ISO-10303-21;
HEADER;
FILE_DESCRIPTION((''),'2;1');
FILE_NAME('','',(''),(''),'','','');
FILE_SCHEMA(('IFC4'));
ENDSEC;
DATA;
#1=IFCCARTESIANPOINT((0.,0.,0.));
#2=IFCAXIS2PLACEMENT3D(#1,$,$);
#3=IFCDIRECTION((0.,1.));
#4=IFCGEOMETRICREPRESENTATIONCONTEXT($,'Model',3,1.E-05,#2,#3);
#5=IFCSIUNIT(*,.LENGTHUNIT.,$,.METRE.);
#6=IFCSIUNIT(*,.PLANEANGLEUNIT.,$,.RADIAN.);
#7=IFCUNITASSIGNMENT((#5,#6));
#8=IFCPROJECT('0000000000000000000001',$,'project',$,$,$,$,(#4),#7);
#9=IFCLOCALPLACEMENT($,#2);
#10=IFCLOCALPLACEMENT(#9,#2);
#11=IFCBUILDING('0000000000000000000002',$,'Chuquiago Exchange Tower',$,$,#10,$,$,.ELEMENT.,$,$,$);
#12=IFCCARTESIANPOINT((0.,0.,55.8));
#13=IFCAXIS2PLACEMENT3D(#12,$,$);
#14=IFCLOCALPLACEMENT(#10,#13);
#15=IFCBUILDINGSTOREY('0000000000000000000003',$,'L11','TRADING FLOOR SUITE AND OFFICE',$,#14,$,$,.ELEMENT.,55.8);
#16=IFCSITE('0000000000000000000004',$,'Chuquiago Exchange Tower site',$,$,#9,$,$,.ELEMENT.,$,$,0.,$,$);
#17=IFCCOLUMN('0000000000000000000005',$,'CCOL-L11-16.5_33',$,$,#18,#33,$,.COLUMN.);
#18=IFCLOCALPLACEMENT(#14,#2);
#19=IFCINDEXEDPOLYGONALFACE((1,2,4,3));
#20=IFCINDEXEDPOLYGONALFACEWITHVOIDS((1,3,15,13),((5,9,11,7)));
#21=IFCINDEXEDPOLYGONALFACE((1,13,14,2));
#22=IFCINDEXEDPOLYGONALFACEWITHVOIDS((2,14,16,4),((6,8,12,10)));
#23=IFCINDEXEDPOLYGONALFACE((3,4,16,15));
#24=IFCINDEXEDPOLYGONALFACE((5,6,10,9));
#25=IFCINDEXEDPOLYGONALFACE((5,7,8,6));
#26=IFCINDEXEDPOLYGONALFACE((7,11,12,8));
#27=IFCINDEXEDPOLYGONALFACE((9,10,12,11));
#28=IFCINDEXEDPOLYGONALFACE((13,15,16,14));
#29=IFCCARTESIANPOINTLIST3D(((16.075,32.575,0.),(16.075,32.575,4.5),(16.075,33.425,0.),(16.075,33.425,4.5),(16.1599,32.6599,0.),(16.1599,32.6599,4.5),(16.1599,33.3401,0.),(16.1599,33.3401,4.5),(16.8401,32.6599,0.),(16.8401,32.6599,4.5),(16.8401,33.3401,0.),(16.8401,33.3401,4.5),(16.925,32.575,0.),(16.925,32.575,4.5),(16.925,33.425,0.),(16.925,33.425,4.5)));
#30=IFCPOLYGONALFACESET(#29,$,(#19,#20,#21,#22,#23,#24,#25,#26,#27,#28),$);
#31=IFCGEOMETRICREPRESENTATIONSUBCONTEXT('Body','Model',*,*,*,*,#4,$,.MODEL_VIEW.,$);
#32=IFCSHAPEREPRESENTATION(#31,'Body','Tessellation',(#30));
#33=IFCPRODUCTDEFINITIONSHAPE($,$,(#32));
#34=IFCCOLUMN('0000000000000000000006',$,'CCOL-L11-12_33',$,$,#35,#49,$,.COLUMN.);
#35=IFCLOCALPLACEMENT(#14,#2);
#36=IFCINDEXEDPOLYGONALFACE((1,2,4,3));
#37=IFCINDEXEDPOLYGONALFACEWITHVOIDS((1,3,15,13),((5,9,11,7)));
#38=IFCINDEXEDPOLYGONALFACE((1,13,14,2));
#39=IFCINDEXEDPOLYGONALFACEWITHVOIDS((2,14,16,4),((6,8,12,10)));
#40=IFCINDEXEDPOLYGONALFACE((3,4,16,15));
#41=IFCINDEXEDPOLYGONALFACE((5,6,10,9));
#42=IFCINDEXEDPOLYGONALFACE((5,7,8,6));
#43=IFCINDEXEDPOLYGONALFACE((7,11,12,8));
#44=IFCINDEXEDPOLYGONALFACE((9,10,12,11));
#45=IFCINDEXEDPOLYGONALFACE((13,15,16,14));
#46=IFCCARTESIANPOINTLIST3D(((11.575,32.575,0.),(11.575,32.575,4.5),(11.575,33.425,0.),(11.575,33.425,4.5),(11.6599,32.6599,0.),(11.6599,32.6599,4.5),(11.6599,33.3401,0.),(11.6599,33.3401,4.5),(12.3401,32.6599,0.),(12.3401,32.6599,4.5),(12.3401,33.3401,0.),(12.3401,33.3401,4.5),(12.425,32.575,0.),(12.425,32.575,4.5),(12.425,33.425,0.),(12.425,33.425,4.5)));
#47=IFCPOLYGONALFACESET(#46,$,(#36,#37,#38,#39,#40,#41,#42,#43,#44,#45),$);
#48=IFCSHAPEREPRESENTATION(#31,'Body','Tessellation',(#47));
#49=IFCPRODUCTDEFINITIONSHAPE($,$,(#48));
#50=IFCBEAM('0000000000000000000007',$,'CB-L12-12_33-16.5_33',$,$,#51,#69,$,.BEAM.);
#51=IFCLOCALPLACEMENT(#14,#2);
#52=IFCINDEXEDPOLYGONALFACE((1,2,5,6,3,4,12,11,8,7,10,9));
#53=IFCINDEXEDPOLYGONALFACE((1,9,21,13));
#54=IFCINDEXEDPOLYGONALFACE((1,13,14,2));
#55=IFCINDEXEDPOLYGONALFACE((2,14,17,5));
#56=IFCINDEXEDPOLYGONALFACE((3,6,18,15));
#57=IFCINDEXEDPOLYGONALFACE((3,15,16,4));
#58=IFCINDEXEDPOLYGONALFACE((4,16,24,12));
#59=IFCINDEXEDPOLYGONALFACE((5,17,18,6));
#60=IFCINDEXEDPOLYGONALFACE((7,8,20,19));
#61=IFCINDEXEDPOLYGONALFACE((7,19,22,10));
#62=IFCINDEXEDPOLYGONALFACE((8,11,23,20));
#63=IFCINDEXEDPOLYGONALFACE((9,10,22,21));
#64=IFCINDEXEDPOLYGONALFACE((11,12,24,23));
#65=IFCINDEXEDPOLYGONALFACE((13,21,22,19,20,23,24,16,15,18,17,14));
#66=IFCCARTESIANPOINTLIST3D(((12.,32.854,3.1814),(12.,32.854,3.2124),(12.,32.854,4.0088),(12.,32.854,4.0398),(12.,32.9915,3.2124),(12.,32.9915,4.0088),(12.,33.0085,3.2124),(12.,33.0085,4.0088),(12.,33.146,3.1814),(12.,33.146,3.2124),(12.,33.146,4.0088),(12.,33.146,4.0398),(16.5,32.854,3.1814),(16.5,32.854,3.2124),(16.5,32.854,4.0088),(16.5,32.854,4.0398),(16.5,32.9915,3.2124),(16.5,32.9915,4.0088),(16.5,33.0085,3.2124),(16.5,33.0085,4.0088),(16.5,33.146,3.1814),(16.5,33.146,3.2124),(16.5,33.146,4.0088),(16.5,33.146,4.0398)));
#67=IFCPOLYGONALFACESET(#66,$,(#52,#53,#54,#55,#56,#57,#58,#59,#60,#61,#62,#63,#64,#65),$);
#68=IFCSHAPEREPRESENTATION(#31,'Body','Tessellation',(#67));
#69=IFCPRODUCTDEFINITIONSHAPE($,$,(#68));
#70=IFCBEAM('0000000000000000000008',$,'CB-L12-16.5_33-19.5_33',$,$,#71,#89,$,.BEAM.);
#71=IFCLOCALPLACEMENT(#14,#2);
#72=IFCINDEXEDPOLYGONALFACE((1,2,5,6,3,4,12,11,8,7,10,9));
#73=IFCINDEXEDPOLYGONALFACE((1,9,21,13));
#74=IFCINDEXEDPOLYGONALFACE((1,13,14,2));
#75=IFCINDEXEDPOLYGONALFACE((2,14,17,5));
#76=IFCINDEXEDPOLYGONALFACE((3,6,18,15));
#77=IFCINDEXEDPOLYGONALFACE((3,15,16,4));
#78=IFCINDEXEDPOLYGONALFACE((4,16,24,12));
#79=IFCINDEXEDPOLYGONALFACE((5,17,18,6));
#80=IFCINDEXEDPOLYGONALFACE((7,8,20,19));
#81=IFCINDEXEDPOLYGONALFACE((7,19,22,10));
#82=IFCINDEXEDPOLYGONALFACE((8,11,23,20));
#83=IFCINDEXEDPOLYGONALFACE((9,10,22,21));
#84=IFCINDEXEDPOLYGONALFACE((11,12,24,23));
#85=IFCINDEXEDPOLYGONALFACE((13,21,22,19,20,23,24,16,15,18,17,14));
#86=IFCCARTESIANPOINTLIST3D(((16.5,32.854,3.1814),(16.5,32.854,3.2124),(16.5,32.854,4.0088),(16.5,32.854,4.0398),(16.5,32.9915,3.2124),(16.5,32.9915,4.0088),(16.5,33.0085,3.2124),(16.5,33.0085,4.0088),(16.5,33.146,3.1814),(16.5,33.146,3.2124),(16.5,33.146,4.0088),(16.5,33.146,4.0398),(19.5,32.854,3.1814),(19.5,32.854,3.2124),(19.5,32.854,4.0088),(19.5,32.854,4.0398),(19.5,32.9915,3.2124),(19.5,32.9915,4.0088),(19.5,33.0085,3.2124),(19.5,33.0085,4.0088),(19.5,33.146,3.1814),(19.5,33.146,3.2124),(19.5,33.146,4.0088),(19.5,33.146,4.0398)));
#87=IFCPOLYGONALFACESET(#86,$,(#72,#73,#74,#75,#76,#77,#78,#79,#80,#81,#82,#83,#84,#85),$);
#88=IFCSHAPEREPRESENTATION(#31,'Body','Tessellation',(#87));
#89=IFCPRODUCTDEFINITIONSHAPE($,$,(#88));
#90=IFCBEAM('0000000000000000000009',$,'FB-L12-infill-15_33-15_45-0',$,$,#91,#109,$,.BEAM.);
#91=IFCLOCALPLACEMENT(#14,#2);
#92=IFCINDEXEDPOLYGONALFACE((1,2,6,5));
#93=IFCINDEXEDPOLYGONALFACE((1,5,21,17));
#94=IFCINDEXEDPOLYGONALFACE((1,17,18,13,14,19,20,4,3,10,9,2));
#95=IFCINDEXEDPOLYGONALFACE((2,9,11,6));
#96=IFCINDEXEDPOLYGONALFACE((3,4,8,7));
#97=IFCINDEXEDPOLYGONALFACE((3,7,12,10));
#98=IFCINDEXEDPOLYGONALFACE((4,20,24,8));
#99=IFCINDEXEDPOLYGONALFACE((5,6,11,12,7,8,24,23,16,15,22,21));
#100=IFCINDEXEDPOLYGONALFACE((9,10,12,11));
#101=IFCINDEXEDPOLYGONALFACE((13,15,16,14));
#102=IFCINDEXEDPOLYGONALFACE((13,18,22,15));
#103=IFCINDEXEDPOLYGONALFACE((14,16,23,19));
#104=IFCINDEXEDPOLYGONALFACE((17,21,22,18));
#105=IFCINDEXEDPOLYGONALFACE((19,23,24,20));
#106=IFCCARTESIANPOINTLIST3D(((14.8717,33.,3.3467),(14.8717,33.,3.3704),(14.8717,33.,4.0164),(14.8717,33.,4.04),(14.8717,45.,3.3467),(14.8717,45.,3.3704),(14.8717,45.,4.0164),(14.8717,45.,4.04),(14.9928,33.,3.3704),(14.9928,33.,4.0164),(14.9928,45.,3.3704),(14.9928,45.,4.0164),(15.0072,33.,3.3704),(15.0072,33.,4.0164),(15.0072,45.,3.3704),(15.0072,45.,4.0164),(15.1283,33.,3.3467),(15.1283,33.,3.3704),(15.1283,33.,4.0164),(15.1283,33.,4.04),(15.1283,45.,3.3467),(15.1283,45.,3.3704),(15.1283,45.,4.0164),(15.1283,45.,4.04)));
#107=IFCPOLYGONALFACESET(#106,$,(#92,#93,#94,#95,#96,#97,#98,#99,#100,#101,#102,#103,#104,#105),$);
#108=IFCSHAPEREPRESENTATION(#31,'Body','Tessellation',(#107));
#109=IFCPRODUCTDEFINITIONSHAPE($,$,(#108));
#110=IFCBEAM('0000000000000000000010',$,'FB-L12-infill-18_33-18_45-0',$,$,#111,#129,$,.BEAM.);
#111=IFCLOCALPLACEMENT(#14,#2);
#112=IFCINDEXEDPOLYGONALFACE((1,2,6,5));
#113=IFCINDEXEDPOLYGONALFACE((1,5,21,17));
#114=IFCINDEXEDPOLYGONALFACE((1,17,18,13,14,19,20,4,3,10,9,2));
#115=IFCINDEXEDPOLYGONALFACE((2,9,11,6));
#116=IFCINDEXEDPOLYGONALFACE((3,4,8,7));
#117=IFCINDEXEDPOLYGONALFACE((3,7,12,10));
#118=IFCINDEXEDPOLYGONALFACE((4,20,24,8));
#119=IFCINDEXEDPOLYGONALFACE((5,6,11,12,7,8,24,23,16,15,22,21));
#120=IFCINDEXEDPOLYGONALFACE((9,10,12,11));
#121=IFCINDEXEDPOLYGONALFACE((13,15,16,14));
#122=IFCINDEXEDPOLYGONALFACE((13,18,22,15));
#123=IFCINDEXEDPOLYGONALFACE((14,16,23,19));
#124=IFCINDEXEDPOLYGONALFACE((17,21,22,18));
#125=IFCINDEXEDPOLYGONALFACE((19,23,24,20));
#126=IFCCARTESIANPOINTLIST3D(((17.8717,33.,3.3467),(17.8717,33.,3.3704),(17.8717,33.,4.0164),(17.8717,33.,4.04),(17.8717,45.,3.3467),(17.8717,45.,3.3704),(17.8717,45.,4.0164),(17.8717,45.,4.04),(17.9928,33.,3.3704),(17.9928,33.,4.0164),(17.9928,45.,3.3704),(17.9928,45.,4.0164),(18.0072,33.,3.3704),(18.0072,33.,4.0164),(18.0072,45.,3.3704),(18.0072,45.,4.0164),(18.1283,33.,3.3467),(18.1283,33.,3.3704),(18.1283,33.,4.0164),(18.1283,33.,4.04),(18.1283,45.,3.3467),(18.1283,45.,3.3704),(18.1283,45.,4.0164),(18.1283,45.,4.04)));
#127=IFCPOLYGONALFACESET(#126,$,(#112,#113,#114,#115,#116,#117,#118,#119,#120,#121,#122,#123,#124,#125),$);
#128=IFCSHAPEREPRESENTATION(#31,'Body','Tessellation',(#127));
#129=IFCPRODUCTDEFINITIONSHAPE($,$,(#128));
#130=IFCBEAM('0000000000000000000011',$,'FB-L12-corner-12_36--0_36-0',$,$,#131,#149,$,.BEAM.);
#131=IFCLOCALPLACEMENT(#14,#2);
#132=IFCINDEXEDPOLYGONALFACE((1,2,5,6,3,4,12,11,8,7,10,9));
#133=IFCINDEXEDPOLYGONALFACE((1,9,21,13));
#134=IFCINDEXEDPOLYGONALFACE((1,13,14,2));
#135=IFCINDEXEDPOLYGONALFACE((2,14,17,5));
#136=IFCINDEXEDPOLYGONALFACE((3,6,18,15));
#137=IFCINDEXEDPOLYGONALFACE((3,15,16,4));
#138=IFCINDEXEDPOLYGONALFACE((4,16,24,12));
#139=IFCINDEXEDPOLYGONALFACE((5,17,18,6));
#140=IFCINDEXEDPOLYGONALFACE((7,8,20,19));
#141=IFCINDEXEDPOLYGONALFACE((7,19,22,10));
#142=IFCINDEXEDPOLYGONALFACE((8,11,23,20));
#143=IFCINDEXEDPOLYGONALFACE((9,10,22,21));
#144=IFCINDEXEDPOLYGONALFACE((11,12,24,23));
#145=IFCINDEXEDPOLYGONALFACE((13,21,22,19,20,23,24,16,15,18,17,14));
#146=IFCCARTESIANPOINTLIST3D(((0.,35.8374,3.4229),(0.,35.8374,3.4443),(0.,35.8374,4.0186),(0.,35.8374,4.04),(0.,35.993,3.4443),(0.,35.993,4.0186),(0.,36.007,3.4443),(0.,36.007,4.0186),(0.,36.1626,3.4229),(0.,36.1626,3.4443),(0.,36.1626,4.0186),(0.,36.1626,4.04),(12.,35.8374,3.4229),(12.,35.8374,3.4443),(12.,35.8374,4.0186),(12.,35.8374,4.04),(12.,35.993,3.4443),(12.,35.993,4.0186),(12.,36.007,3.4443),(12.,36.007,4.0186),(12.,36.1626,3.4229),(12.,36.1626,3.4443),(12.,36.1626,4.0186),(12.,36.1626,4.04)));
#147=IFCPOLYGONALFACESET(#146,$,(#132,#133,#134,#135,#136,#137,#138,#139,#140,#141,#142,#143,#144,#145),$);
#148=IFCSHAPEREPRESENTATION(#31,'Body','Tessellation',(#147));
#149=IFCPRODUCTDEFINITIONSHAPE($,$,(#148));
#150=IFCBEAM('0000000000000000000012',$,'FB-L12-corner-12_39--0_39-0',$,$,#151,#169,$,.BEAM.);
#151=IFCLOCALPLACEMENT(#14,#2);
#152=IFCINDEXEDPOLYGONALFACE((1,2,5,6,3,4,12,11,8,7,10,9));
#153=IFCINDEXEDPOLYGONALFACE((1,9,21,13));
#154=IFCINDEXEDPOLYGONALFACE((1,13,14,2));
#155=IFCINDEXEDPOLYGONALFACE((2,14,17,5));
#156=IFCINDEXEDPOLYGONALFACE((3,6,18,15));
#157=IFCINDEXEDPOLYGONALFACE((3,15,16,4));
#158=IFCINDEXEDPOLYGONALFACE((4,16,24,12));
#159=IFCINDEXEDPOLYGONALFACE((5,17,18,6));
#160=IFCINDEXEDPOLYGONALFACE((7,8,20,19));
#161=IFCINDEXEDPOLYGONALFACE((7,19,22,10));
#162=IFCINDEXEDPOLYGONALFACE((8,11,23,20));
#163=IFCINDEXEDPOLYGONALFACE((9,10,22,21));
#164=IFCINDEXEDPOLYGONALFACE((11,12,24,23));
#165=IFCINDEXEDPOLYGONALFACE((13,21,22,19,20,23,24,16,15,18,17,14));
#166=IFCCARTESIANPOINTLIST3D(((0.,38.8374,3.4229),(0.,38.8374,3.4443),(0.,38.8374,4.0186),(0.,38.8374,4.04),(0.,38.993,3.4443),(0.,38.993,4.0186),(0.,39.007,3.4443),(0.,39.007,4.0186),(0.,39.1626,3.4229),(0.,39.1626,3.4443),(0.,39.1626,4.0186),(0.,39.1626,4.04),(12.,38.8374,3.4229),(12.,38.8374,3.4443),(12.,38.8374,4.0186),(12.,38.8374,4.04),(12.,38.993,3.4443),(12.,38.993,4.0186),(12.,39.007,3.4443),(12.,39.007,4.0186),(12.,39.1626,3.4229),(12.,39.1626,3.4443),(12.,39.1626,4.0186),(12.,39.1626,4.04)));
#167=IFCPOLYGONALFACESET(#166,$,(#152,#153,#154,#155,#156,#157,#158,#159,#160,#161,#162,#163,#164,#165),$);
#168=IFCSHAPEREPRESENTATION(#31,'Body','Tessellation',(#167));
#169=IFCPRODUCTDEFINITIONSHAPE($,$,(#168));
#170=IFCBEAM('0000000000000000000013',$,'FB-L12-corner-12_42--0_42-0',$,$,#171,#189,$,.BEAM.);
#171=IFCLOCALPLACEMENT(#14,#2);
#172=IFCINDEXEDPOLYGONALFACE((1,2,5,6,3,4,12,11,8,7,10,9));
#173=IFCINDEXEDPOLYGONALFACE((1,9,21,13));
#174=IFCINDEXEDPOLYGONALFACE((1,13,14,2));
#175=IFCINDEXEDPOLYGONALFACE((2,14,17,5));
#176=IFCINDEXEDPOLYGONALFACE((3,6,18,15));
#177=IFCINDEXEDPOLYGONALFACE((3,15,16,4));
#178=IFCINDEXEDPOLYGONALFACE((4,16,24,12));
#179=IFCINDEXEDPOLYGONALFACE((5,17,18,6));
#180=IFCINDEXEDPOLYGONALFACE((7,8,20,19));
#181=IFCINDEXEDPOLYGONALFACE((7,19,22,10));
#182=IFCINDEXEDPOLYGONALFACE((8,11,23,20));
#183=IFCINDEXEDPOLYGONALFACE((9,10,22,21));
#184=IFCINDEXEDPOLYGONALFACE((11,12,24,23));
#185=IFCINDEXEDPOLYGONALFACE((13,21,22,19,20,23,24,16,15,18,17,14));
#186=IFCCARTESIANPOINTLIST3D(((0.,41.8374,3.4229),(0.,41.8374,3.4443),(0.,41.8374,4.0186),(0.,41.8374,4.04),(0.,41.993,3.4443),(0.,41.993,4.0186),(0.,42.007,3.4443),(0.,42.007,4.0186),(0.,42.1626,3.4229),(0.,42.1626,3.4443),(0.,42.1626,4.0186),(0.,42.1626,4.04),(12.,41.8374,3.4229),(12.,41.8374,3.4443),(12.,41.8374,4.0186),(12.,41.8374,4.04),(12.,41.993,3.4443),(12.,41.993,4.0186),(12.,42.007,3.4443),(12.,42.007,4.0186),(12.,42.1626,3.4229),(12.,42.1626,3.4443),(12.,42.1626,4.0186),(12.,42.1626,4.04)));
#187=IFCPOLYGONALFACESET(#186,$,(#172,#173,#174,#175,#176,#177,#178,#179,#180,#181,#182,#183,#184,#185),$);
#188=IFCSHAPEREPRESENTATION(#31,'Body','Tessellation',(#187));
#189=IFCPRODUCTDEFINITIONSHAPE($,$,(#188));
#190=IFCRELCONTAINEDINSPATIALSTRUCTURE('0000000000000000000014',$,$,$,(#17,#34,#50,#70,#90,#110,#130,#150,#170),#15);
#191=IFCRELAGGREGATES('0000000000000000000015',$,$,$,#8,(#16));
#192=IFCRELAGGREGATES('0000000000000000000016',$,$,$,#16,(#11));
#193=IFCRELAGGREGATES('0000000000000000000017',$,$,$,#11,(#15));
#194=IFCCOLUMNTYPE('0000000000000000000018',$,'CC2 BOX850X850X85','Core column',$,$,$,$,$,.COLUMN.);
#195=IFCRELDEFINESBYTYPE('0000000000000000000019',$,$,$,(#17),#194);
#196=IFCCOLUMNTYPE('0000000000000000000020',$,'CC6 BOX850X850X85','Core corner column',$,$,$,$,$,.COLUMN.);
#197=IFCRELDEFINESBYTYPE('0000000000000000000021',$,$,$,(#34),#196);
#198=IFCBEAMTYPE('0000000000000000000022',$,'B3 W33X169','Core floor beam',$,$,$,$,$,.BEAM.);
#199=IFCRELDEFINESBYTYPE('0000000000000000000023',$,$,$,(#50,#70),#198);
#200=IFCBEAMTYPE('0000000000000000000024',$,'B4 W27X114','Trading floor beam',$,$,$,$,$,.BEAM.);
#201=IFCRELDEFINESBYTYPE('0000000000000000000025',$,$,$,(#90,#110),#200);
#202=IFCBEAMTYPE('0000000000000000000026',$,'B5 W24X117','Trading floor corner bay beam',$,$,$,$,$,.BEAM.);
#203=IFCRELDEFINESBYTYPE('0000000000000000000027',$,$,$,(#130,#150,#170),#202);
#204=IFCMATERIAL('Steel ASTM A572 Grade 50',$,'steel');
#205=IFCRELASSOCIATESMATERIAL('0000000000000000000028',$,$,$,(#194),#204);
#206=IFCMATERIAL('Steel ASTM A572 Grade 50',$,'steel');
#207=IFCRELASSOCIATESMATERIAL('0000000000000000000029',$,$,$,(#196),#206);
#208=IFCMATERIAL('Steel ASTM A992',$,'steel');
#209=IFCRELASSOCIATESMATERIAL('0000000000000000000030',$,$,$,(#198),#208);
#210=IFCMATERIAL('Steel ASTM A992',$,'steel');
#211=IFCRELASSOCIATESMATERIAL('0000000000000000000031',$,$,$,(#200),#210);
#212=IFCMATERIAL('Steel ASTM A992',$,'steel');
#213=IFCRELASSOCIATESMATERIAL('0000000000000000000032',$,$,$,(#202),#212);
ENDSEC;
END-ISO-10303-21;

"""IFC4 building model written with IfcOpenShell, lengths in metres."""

from ifc_helpers import new_model, si_unit, direction, frame, origin, origin_2d, place, context, subcontext, project, spatial, hollow_rectangle, i_section, extrude, material, material_profile, profile_set, type_object, element, save


model = new_model("IFC4")

# Units and contexts
model_context = context("Model", 3, precision=1e-05, world=origin(), true_north=direction((0.0, 1.0)))
body_context = subcontext(model_context, "Body", "Model", "MODEL_VIEW")
ifc_project = project(units=[si_unit("LENGTHUNIT", "METRE"), si_unit("PLANEANGLEUNIT", "RADIAN")], contexts=[model_context])

# Site, building, storey
site_placement = place(None, origin())
site = spatial("IfcSite", under=ifc_project, at=site_placement, Name="Chuquiago Exchange Tower site", CompositionType="ELEMENT", RefElevation=0.0)
building_placement = place(site_placement, origin())
building = spatial("IfcBuilding", under=site, at=building_placement, Name="Chuquiago Exchange Tower", CompositionType="ELEMENT")
storey_placement = place(building_placement, frame((0.0, 0.0, 55.8)))
storey = spatial("IfcBuildingStorey", under=building, at=storey_placement, Name="L11", Description="TRADING FLOOR SUITE AND OFFICE", CompositionType="ELEMENT", Elevation=55.8)

# Columns
ifc_material_1 = material(Name="Steel ASTM A572 Grade 50", Category="steel")
ifc_material_profile_1 = material_profile(ifc_material_1, hollow_rectangle(XDim=0.8501, YDim=0.8501, WallThickness=0.085, at=origin_2d()), Name="BOX850X850X85")
ifc_profile_set_1 = profile_set([ifc_material_profile_1], Name="Steel ASTM A572 Grade 50")
column_type_1 = type_object("IfcColumnType", Name="CC2 BOX850X850X85", Description="Core column", PredefinedType="COLUMN", material=ifc_profile_set_1)
column_1_placement = place(storey_placement, frame((16.5, 33.0, 0.0), z_axis=(0.0, 0.0, 1.0), x_axis=(1.0, 0.0, 0.0)))
element("IfcColumn", 1, at=column_1_placement, inside=storey, type_object=column_type_1, Name="CCOL-L11-16.5_33", PredefinedType="COLUMN", context=body_context, shape_type="SweptSolid", body=[
    extrude(hollow_rectangle(XDim=0.8501, YDim=0.8501, WallThickness=0.085, at=origin_2d()), origin(), (0.0, 0.0, 1.0), 4.5),
])
ifc_material_2 = material(Name="Steel ASTM A572 Grade 50", Category="steel")
ifc_material_profile_2 = material_profile(ifc_material_2, hollow_rectangle(XDim=0.8501, YDim=0.8501, WallThickness=0.085, at=origin_2d()), Name="BOX850X850X85")
ifc_profile_set_2 = profile_set([ifc_material_profile_2], Name="Steel ASTM A572 Grade 50")
column_type_2 = type_object("IfcColumnType", Name="CC6 BOX850X850X85", Description="Core corner column", PredefinedType="COLUMN", material=ifc_profile_set_2)
column_2_placement = place(storey_placement, frame((12.0, 33.0, 0.0), z_axis=(0.0, 0.0, 1.0), x_axis=(1.0, 0.0, 0.0)))
element("IfcColumn", 2, at=column_2_placement, inside=storey, type_object=column_type_2, Name="CCOL-L11-12_33", PredefinedType="COLUMN", context=body_context, shape_type="SweptSolid", body=[
    extrude(hollow_rectangle(XDim=0.8501, YDim=0.8501, WallThickness=0.085, at=origin_2d()), origin(), (0.0, 0.0, 1.0), 4.5),
])

# Beams
ifc_material_3 = material(Name="Steel ASTM A992", Category="steel")
ifc_material_profile_3 = material_profile(ifc_material_3, i_section(OverallWidth=0.292, OverallDepth=0.8584, WebThickness=0.0171, FlangeThickness=0.031, at=origin_2d()), Name="W33X169")
ifc_profile_set_3 = profile_set([ifc_material_profile_3], Name="Steel ASTM A992")
beam_type_1 = type_object("IfcBeamType", Name="B3 W33X169", Description="Core floor beam", PredefinedType="BEAM", material=ifc_profile_set_3)
beam_1_placement = place(storey_placement, frame((12.0, 33.0, 3.6106), z_axis=(1.0, 0.0, 0.0), x_axis=(0.0, 1.0, 0.0)))
element("IfcBeam", 3, at=beam_1_placement, inside=storey, type_object=beam_type_1, Name="CB-L12-12_33-16.5_33", PredefinedType="BEAM", context=body_context, shape_type="SweptSolid", body=[
    extrude(i_section(OverallWidth=0.292, OverallDepth=0.8584, WebThickness=0.0171, FlangeThickness=0.031, at=origin_2d()), origin(), (0.0, 0.0, 1.0), 4.5),
])
beam_2_placement = place(storey_placement, frame((16.5, 33.0, 3.6106), z_axis=(1.0, 0.0, 0.0), x_axis=(0.0, 1.0, 0.0)))
element("IfcBeam", 4, at=beam_2_placement, inside=storey, type_object=beam_type_1, Name="CB-L12-16.5_33-19.5_33", PredefinedType="BEAM", context=body_context, shape_type="SweptSolid", body=[
    extrude(i_section(OverallWidth=0.292, OverallDepth=0.8584, WebThickness=0.0171, FlangeThickness=0.031, at=origin_2d()), origin(), (0.0, 0.0, 1.0), 3.0),
])
ifc_material_4 = material(Name="Steel ASTM A992", Category="steel")
ifc_material_profile_4 = material_profile(ifc_material_4, i_section(OverallWidth=0.2566, OverallDepth=0.6934, WebThickness=0.0144, FlangeThickness=0.0237, at=origin_2d()), Name="W27X114")
ifc_profile_set_4 = profile_set([ifc_material_profile_4], Name="Steel ASTM A992")
beam_type_2 = type_object("IfcBeamType", Name="B4 W27X114", Description="Trading floor beam", PredefinedType="BEAM", material=ifc_profile_set_4)
for number, where, z_axis, x_axis, name in (
    (5, (15.0, 33.0, 3.6934), (0.0, 1.0, 0.0), (-1.0, 0.0, 0.0), "FB-L12-infill-15_33-15_45-0"),
    (6, (18.0, 33.0, 3.6934), (0.0, 1.0, 0.0), (-1.0, 0.0, 0.0), "FB-L12-infill-18_33-18_45-0"),
):
    element("IfcBeam", number, at=place(storey_placement, frame(where, z_axis=z_axis, x_axis=x_axis)), inside=storey, type_object=beam_type_2, Name=name, PredefinedType="BEAM", context=body_context, shape_type="SweptSolid", body=[
        extrude(i_section(OverallWidth=0.2566, OverallDepth=0.6934, WebThickness=0.0144, FlangeThickness=0.0237, at=origin_2d()), origin(), (0.0, 0.0, 1.0), 12.0),
    ])
ifc_material_5 = material(Name="Steel ASTM A992", Category="steel")
ifc_material_profile_5 = material_profile(ifc_material_5, i_section(OverallWidth=0.3252, OverallDepth=0.6172, WebThickness=0.0139, FlangeThickness=0.0215, at=origin_2d()), Name="W24X117")
ifc_profile_set_5 = profile_set([ifc_material_profile_5], Name="Steel ASTM A992")
beam_type_3 = type_object("IfcBeamType", Name="B5 W24X117", Description="Trading floor corner bay beam", PredefinedType="BEAM", material=ifc_profile_set_5)
for number, where, z_axis, x_axis, name in (
    (7, (12.0, 36.0, 3.7314), (-1.0, 0.0, 0.0), (0.0, -1.0, 0.0), "FB-L12-corner-12_36--0_36-0"),
    (8, (12.0, 39.0, 3.7314), (-1.0, 0.0, 0.0), (0.0, -1.0, 0.0), "FB-L12-corner-12_39--0_39-0"),
    (9, (12.0, 42.0, 3.7314), (-1.0, 0.0, 0.0), (0.0, -1.0, 0.0), "FB-L12-corner-12_42--0_42-0"),
):
    element("IfcBeam", number, at=place(storey_placement, frame(where, z_axis=z_axis, x_axis=x_axis)), inside=storey, type_object=beam_type_3, Name=name, PredefinedType="BEAM", context=body_context, shape_type="SweptSolid", body=[
        extrude(i_section(OverallWidth=0.3252, OverallDepth=0.6172, WebThickness=0.0139, FlangeThickness=0.0215, at=origin_2d()), origin(), (0.0, 0.0, 1.0), 12.0),
    ])

save(model, "model.ifc")
